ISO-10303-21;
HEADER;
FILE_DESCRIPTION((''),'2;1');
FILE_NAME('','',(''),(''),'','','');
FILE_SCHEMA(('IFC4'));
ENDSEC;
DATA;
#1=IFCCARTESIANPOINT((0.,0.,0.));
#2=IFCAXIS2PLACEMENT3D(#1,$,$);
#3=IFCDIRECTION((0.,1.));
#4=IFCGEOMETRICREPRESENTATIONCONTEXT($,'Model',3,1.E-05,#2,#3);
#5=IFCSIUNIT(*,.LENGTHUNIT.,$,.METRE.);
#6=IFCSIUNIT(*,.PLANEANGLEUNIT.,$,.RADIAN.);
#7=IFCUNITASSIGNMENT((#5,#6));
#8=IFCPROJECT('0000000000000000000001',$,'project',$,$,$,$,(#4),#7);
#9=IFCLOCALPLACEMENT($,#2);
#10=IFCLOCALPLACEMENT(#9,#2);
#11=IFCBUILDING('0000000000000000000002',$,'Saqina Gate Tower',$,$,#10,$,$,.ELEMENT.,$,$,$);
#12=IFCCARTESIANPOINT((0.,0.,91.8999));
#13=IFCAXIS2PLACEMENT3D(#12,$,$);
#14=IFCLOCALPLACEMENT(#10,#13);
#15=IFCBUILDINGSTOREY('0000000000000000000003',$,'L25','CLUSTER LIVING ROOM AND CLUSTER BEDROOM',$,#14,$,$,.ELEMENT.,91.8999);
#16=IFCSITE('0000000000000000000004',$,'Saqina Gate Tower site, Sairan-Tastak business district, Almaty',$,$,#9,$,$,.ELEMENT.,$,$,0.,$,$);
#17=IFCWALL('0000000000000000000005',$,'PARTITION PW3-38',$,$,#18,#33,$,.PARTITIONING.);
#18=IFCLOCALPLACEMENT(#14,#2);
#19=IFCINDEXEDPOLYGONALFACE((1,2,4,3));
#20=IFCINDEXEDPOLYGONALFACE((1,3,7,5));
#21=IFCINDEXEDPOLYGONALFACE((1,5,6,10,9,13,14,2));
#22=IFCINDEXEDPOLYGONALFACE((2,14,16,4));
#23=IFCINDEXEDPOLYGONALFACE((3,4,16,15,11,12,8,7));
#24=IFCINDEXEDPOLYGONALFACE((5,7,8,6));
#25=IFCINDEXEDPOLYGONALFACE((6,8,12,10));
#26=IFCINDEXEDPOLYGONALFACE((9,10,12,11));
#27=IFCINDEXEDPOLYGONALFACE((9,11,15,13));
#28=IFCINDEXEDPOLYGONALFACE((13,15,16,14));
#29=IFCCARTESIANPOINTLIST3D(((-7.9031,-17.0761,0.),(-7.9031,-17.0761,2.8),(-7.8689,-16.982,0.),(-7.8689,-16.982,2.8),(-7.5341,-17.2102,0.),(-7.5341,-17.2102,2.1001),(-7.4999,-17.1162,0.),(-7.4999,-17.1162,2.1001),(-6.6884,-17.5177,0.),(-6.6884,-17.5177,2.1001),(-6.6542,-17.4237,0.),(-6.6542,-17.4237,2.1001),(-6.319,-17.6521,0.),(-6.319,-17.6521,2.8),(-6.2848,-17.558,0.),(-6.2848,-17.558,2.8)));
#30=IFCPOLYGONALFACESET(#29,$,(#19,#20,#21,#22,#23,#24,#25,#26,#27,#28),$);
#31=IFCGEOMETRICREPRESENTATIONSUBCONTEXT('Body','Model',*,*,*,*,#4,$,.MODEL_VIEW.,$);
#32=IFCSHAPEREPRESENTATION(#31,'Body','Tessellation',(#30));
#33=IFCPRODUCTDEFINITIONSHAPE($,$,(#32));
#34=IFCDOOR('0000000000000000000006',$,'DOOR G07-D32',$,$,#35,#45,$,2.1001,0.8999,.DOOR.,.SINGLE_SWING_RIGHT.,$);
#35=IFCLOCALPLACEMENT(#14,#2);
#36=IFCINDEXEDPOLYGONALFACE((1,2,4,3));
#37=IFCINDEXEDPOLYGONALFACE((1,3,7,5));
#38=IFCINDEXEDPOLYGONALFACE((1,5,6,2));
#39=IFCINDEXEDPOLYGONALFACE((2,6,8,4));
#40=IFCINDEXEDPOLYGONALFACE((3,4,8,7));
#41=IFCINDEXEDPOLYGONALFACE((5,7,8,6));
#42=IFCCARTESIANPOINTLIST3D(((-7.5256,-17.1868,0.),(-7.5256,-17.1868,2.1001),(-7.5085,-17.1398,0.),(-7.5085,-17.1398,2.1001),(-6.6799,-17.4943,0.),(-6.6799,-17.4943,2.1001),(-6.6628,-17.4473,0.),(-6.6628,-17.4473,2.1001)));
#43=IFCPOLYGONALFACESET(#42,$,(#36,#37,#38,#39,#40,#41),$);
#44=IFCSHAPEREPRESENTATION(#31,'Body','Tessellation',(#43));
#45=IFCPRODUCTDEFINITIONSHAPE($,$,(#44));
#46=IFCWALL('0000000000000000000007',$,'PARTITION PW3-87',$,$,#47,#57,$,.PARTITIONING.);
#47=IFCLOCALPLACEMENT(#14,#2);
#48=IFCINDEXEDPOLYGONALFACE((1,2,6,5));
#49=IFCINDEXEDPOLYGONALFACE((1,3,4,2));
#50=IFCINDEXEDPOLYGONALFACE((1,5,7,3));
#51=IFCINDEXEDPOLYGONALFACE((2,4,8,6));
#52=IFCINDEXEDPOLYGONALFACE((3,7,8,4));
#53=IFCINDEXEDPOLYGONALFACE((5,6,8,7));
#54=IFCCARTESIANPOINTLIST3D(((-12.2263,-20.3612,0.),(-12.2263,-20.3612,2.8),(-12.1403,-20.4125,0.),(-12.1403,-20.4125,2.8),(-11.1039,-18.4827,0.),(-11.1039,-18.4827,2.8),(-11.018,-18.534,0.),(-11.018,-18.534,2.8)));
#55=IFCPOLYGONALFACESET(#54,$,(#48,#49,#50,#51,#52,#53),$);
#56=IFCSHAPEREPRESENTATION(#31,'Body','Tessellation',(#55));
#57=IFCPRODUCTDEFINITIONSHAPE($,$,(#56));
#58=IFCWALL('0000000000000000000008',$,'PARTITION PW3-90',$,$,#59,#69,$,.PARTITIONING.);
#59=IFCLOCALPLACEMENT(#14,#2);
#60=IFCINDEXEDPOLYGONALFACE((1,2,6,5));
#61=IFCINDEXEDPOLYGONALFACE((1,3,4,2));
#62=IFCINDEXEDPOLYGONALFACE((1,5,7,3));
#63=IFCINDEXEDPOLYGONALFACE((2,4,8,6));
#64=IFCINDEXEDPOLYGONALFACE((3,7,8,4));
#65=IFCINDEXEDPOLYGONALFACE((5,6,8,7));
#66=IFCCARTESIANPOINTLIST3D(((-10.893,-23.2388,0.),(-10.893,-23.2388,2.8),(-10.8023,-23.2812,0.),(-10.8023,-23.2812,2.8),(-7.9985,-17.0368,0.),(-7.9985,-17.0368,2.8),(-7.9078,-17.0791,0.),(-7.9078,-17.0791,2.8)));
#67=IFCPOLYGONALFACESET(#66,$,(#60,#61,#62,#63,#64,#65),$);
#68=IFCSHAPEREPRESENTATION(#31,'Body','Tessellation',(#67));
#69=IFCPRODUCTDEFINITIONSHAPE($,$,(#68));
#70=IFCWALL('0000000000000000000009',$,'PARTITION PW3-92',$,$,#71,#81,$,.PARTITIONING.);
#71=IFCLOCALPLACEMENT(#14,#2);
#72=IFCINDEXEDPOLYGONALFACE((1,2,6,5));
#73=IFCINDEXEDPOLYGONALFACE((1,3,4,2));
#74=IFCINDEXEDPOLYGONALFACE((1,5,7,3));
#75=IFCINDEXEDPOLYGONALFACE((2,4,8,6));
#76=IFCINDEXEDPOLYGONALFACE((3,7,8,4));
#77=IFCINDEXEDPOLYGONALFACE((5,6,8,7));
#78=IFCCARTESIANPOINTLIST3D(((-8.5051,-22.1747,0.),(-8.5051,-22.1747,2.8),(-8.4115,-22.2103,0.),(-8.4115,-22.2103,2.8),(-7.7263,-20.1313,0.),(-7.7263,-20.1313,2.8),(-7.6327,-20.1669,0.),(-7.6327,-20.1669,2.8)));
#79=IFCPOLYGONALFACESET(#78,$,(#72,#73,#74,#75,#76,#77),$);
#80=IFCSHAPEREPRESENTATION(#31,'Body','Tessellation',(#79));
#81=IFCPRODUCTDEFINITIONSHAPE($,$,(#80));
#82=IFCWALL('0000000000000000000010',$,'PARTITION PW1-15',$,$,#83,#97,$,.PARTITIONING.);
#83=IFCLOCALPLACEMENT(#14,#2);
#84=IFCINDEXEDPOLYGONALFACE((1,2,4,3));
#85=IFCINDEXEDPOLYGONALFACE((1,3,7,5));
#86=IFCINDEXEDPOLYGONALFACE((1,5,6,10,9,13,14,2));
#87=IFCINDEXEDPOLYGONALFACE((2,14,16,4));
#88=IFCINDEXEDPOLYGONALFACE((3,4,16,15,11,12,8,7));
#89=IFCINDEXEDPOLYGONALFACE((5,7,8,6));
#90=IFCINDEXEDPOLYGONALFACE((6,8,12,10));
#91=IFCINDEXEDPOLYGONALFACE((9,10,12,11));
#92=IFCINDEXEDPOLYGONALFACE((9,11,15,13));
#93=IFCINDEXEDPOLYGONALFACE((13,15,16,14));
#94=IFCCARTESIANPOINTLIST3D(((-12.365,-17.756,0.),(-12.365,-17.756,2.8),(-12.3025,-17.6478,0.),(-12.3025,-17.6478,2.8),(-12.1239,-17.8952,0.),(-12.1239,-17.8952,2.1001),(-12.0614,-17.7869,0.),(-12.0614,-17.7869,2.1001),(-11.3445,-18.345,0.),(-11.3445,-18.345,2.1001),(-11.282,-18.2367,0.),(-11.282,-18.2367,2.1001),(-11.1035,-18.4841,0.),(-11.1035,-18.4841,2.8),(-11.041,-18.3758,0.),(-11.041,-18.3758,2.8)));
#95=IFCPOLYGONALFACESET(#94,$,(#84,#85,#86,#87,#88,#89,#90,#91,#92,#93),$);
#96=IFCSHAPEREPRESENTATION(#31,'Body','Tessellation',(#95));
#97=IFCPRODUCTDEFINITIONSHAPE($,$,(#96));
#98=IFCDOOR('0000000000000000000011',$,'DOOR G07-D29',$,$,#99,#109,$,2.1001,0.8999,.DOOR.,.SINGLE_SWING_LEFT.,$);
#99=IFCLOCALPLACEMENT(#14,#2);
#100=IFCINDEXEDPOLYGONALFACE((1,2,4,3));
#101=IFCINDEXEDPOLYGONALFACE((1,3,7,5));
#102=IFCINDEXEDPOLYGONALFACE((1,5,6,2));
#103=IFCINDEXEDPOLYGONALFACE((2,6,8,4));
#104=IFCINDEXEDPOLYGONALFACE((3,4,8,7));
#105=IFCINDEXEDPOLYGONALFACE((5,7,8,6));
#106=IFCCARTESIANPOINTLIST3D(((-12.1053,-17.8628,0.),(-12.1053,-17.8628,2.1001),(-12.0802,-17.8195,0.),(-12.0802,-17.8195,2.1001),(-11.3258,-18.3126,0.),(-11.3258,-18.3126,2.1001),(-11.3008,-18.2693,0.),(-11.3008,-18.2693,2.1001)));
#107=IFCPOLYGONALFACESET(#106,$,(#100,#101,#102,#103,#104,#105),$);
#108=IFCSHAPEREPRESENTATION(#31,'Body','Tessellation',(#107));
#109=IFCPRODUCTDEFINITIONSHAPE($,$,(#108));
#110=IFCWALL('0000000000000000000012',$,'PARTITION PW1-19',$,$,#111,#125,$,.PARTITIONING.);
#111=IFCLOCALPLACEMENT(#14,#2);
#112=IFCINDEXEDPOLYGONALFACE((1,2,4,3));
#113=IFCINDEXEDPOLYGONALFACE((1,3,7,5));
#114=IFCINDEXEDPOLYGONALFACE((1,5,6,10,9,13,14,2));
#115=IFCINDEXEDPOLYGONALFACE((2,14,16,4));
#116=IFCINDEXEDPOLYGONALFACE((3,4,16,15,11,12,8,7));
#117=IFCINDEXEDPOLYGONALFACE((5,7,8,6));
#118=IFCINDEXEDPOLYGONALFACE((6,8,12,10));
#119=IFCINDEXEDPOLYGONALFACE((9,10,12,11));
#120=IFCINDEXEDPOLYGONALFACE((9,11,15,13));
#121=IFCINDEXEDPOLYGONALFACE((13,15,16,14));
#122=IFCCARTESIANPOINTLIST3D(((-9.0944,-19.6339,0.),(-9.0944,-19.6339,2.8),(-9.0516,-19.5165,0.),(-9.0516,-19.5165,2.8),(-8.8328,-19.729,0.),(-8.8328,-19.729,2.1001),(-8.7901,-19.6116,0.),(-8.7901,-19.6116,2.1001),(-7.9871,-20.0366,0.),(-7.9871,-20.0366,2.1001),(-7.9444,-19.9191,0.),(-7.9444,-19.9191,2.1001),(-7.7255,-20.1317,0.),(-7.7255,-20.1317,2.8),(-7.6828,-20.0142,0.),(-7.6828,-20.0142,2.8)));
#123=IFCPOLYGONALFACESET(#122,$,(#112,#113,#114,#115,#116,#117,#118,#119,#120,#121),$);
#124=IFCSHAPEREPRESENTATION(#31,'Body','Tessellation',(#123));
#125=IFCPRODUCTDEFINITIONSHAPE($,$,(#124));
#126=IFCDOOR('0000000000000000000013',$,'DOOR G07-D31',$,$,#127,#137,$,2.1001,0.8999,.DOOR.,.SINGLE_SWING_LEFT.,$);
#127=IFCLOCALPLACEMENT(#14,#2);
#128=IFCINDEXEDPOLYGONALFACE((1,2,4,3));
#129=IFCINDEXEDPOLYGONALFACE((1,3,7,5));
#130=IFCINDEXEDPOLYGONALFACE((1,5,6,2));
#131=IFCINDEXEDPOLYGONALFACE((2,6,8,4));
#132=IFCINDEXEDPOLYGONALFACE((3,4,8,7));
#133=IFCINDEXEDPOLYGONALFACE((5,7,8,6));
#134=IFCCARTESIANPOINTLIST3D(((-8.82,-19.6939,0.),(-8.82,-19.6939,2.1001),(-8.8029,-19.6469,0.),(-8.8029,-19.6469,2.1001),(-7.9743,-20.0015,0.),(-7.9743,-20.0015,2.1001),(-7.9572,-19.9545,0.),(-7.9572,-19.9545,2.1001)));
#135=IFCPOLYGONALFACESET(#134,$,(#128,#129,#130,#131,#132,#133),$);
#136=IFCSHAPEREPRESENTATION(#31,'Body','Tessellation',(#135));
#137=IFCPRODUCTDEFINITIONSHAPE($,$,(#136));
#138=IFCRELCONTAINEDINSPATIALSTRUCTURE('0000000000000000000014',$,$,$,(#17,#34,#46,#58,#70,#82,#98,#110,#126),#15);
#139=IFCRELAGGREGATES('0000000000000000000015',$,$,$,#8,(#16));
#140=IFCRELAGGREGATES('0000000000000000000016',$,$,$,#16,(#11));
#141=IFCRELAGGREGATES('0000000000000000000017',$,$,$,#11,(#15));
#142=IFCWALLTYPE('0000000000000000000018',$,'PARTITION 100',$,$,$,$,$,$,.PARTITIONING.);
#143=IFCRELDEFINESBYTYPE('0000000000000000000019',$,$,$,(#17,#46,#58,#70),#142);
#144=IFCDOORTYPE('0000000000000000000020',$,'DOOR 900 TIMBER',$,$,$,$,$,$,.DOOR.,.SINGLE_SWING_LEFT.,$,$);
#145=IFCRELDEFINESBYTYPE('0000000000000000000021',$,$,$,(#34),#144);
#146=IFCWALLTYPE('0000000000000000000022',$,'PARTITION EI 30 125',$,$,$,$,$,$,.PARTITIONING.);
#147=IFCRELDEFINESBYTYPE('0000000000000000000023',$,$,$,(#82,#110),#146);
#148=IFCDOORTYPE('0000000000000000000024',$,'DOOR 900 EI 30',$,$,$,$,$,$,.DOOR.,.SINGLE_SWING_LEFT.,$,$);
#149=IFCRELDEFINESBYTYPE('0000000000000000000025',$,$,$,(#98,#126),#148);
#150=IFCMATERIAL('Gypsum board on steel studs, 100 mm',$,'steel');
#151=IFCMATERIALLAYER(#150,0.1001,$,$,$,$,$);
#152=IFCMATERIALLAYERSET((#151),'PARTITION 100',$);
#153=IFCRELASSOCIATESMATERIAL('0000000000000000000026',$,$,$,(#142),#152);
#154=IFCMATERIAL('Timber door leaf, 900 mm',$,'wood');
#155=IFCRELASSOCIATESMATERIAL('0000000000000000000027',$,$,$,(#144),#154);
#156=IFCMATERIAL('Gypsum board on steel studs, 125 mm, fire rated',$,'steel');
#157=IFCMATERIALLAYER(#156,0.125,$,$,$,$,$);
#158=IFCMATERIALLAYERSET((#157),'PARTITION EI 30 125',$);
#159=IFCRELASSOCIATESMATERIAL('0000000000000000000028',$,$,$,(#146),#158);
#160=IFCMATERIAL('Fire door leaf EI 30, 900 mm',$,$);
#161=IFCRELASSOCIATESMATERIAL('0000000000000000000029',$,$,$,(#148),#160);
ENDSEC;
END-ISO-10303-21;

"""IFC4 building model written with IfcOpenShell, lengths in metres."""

from ifc_helpers import new_model, si_unit, direction, frame, frame_2d, origin, place, context, subcontext, project, spatial, rectangle, extrude, material, layer, layer_set, type_object, element, fill, save


model = new_model("IFC4")

# Units and contexts
model_context = context("Model", 3, precision=1e-05, world=origin(), true_north=direction((0.0, 1.0)))
body_context = subcontext(model_context, "Body", "Model", "MODEL_VIEW")
ifc_project = project(units=[si_unit("LENGTHUNIT", "METRE"), si_unit("PLANEANGLEUNIT", "RADIAN")], contexts=[model_context])

# Site, building, storey
site_placement = place(None, origin())
site = spatial("IfcSite", under=ifc_project, at=site_placement, Name="Saqina Gate Tower site, Sairan-Tastak business district, Almaty", CompositionType="ELEMENT", RefElevation=0.0)
building_placement = place(site_placement, origin())
building = spatial("IfcBuilding", under=site, at=building_placement, Name="Saqina Gate Tower", CompositionType="ELEMENT")
storey_placement = place(building_placement, frame((0.0, 0.0, 91.8999)))
storey = spatial("IfcBuildingStorey", under=building, at=storey_placement, Name="L25", Description="CLUSTER LIVING ROOM AND CLUSTER BEDROOM", CompositionType="ELEMENT", Elevation=91.8999)

# Shared definitions
ifc_material_1 = material(Name="Gypsum board on steel studs, 100 mm", Category="steel")
ifc_layer_1 = layer(ifc_material_1, 0.1001)
ifc_layer_set_1 = layer_set([ifc_layer_1], Name="PARTITION 100")
wall_type_1 = type_object("IfcWallType", Name="PARTITION 100", PredefinedType="PARTITIONING", material=ifc_layer_set_1)

# Wall, opening, door
wall_1_placement = place(storey_placement, frame((-7.886, -17.0291, 0.0), z_axis=(0.0, 0.0, 1.0), x_axis=(0.939806, -0.341708, 0.0)))
wall_1 = element("IfcWall", 1, at=wall_1_placement, inside=storey, type_object=wall_type_1, Name="PARTITION PW3-38", PredefinedType="PARTITIONING", context=body_context, shape_type="SweptSolid", body=[
    extrude(rectangle(XDim=1.6855, YDim=0.1001, at=frame_2d((0.8428, 0.0))), origin(), (0.0, 0.0, 1.0), 2.8),
])
opening_1_placement = place(wall_1_placement, frame((0.3926, 0.0, 0.0)))
opening_1 = element("IfcOpeningElement", 2, at=opening_1_placement, cuts=wall_1, PredefinedType="OPENING", context=body_context, shape_type="SweptSolid", body=[
    extrude(rectangle(XDim=0.8999, YDim=2.1001, at=frame_2d((0.45, 1.05))), frame((0.0, 0.062, 0.0), z_axis=(0.0, -1.0, 0.0), x_axis=(1.0, 0.0, 0.0)), (0.0, 0.0, 1.0), 0.124),
])
ifc_material_2 = material(Name="Timber door leaf, 900 mm", Category="wood")
door_type_1 = type_object("IfcDoorType", Name="DOOR 900 TIMBER", OperationType="SINGLE_SWING_LEFT", PredefinedType="DOOR", material=ifc_material_2)
door_1_placement = place(opening_1_placement, origin())
door_1 = element("IfcDoor", 3, at=door_1_placement, inside=storey, type_object=door_type_1, Name="DOOR G07-D32", OperationType="SINGLE_SWING_RIGHT", OverallHeight=2.1001, OverallWidth=0.8999, PredefinedType="DOOR", context=body_context, shape_type="SweptSolid", body=[
    extrude(rectangle(XDim=0.8999, YDim=2.1001, at=frame_2d((0.45, 1.05))), frame((0.0, 0.0249, 0.0), z_axis=(0.0, -1.0, 0.0), x_axis=(1.0, 0.0, 0.0)), (0.0, 0.0, 1.0), 0.05),
])
fill(opening_1, door_1)

# Walls
wall_2_placement = place(storey_placement, frame((-12.1833, -20.387, 0.0), z_axis=(0.0, 0.0, 1.0), x_axis=(0.512903, 0.858446, 0.0)))
element("IfcWall", 4, at=wall_2_placement, inside=storey, type_object=wall_type_1, Name="PARTITION PW3-87", PredefinedType="PARTITIONING", context=body_context, shape_type="SweptSolid", body=[
    extrude(rectangle(XDim=2.1882, YDim=0.1001, at=frame_2d((1.0942, 0.0))), origin(), (0.0, 0.0, 1.0), 2.8),
])
wall_3_placement = place(storey_placement, frame((-10.8477, -23.26, 0.0), z_axis=(0.0, 0.0, 1.0), x_axis=(0.422909, 0.906172, 0.0)))
element("IfcWall", 5, at=wall_3_placement, inside=storey, type_object=wall_type_1, Name="PARTITION PW3-90", PredefinedType="PARTITIONING", context=body_context, shape_type="SweptSolid", body=[
    extrude(rectangle(XDim=6.8442, YDim=0.1001, at=frame_2d((3.4221, 0.0))), origin(), (0.0, 0.0, 1.0), 2.8),
])
wall_4_placement = place(storey_placement, frame((-8.4583, -22.1924, 0.0), z_axis=(0.0, 0.0, 1.0), x_axis=(0.356135, 0.934435, 0.0)))
element("IfcWall", 6, at=wall_4_placement, inside=storey, type_object=wall_type_1, Name="PARTITION PW3-92", PredefinedType="PARTITIONING", context=body_context, shape_type="SweptSolid", body=[
    extrude(rectangle(XDim=2.1868, YDim=0.1001, at=frame_2d((1.0933, 0.0))), origin(), (0.0, 0.0, 1.0), 2.8),
])

# Walls, openings, doors
ifc_material_3 = material(Name="Gypsum board on steel studs, 125 mm, fire rated", Category="steel")
ifc_layer_2 = layer(ifc_material_3, 0.125)
ifc_layer_set_2 = layer_set([ifc_layer_2], Name="PARTITION EI 30 125")
wall_type_2 = type_object("IfcWallType", Name="PARTITION EI 30 125", PredefinedType="PARTITIONING", material=ifc_layer_set_2)
wall_5_placement = place(storey_placement, frame((-12.3337, -17.7019, 0.0), z_axis=(0.0, 0.0, 1.0), x_axis=(0.86611, -0.499853, 0.0)))
wall_5 = element("IfcWall", 7, at=wall_5_placement, inside=storey, type_object=wall_type_2, Name="PARTITION PW1-15", PredefinedType="PARTITIONING", context=body_context, shape_type="SweptSolid", body=[
    extrude(rectangle(XDim=1.4565, YDim=0.125, at=frame_2d((0.7283, 0.0))), origin(), (0.0, 0.0, 1.0), 2.8),
])
opening_2_placement = place(wall_5_placement, frame((0.2783, 0.0, 0.0)))
opening_2 = element("IfcOpeningElement", 8, at=opening_2_placement, cuts=wall_5, PredefinedType="OPENING", context=body_context, shape_type="SweptSolid", body=[
    extrude(rectangle(XDim=0.8999, YDim=2.1001, at=frame_2d((0.45, 1.05))), frame((0.0, 0.0745, 0.0), z_axis=(0.0, -1.0, 0.0), x_axis=(1.0, 0.0, 0.0)), (0.0, 0.0, 1.0), 0.1489),
])
ifc_material_4 = material(Name="Fire door leaf EI 30, 900 mm")
door_type_2 = type_object("IfcDoorType", Name="DOOR 900 EI 30", OperationType="SINGLE_SWING_LEFT", PredefinedType="DOOR", material=ifc_material_4)
door_2_placement = place(opening_2_placement, origin())
door_2 = element("IfcDoor", 9, at=door_2_placement, inside=storey, type_object=door_type_2, Name="DOOR G07-D29", OperationType="SINGLE_SWING_LEFT", OverallHeight=2.1001, OverallWidth=0.8999, PredefinedType="DOOR", context=body_context, shape_type="SweptSolid", body=[
    extrude(rectangle(XDim=0.8999, YDim=2.1001, at=frame_2d((0.45, 1.05))), frame((0.0, 0.0249, 0.0), z_axis=(0.0, -1.0, 0.0), x_axis=(1.0, 0.0, 0.0)), (0.0, 0.0, 1.0), 0.05),
])
fill(opening_2, door_2)
wall_6_placement = place(storey_placement, frame((-9.073, -19.5752, 0.0), z_axis=(0.0, 0.0, 1.0), x_axis=(0.939789, -0.341757, 0.0)))
wall_6 = element("IfcWall", 10, at=wall_6_placement, inside=storey, type_object=wall_type_2, Name="PARTITION PW1-19", PredefinedType="PARTITIONING", context=body_context, shape_type="SweptSolid", body=[
    extrude(rectangle(XDim=1.4565, YDim=0.125, at=frame_2d((0.7283, 0.0))), origin(), (0.0, 0.0, 1.0), 2.8),
])
opening_3_placement = place(wall_6_placement, frame((0.2783, 0.0, 0.0)))
opening_3 = element("IfcOpeningElement", 11, at=opening_3_placement, cuts=wall_6, PredefinedType="OPENING", context=body_context, shape_type="SweptSolid", body=[
    extrude(rectangle(XDim=0.8999, YDim=2.1001, at=frame_2d((0.45, 1.05))), frame((0.0, 0.0745, 0.0), z_axis=(0.0, -1.0, 0.0), x_axis=(1.0, 0.0, 0.0)), (0.0, 0.0, 1.0), 0.1489),
])
door_3_placement = place(opening_3_placement, origin())
door_3 = element("IfcDoor", 12, at=door_3_placement, inside=storey, type_object=door_type_2, Name="DOOR G07-D31", OperationType="SINGLE_SWING_LEFT", OverallHeight=2.1001, OverallWidth=0.8999, PredefinedType="DOOR", context=body_context, shape_type="SweptSolid", body=[
    extrude(rectangle(XDim=0.8999, YDim=2.1001, at=frame_2d((0.45, 1.05))), frame((0.0, 0.0249, 0.0), z_axis=(0.0, -1.0, 0.0), x_axis=(1.0, 0.0, 0.0)), (0.0, 0.0, 1.0), 0.05),
])
fill(opening_3, door_3)

save(model, "model.ifc")
